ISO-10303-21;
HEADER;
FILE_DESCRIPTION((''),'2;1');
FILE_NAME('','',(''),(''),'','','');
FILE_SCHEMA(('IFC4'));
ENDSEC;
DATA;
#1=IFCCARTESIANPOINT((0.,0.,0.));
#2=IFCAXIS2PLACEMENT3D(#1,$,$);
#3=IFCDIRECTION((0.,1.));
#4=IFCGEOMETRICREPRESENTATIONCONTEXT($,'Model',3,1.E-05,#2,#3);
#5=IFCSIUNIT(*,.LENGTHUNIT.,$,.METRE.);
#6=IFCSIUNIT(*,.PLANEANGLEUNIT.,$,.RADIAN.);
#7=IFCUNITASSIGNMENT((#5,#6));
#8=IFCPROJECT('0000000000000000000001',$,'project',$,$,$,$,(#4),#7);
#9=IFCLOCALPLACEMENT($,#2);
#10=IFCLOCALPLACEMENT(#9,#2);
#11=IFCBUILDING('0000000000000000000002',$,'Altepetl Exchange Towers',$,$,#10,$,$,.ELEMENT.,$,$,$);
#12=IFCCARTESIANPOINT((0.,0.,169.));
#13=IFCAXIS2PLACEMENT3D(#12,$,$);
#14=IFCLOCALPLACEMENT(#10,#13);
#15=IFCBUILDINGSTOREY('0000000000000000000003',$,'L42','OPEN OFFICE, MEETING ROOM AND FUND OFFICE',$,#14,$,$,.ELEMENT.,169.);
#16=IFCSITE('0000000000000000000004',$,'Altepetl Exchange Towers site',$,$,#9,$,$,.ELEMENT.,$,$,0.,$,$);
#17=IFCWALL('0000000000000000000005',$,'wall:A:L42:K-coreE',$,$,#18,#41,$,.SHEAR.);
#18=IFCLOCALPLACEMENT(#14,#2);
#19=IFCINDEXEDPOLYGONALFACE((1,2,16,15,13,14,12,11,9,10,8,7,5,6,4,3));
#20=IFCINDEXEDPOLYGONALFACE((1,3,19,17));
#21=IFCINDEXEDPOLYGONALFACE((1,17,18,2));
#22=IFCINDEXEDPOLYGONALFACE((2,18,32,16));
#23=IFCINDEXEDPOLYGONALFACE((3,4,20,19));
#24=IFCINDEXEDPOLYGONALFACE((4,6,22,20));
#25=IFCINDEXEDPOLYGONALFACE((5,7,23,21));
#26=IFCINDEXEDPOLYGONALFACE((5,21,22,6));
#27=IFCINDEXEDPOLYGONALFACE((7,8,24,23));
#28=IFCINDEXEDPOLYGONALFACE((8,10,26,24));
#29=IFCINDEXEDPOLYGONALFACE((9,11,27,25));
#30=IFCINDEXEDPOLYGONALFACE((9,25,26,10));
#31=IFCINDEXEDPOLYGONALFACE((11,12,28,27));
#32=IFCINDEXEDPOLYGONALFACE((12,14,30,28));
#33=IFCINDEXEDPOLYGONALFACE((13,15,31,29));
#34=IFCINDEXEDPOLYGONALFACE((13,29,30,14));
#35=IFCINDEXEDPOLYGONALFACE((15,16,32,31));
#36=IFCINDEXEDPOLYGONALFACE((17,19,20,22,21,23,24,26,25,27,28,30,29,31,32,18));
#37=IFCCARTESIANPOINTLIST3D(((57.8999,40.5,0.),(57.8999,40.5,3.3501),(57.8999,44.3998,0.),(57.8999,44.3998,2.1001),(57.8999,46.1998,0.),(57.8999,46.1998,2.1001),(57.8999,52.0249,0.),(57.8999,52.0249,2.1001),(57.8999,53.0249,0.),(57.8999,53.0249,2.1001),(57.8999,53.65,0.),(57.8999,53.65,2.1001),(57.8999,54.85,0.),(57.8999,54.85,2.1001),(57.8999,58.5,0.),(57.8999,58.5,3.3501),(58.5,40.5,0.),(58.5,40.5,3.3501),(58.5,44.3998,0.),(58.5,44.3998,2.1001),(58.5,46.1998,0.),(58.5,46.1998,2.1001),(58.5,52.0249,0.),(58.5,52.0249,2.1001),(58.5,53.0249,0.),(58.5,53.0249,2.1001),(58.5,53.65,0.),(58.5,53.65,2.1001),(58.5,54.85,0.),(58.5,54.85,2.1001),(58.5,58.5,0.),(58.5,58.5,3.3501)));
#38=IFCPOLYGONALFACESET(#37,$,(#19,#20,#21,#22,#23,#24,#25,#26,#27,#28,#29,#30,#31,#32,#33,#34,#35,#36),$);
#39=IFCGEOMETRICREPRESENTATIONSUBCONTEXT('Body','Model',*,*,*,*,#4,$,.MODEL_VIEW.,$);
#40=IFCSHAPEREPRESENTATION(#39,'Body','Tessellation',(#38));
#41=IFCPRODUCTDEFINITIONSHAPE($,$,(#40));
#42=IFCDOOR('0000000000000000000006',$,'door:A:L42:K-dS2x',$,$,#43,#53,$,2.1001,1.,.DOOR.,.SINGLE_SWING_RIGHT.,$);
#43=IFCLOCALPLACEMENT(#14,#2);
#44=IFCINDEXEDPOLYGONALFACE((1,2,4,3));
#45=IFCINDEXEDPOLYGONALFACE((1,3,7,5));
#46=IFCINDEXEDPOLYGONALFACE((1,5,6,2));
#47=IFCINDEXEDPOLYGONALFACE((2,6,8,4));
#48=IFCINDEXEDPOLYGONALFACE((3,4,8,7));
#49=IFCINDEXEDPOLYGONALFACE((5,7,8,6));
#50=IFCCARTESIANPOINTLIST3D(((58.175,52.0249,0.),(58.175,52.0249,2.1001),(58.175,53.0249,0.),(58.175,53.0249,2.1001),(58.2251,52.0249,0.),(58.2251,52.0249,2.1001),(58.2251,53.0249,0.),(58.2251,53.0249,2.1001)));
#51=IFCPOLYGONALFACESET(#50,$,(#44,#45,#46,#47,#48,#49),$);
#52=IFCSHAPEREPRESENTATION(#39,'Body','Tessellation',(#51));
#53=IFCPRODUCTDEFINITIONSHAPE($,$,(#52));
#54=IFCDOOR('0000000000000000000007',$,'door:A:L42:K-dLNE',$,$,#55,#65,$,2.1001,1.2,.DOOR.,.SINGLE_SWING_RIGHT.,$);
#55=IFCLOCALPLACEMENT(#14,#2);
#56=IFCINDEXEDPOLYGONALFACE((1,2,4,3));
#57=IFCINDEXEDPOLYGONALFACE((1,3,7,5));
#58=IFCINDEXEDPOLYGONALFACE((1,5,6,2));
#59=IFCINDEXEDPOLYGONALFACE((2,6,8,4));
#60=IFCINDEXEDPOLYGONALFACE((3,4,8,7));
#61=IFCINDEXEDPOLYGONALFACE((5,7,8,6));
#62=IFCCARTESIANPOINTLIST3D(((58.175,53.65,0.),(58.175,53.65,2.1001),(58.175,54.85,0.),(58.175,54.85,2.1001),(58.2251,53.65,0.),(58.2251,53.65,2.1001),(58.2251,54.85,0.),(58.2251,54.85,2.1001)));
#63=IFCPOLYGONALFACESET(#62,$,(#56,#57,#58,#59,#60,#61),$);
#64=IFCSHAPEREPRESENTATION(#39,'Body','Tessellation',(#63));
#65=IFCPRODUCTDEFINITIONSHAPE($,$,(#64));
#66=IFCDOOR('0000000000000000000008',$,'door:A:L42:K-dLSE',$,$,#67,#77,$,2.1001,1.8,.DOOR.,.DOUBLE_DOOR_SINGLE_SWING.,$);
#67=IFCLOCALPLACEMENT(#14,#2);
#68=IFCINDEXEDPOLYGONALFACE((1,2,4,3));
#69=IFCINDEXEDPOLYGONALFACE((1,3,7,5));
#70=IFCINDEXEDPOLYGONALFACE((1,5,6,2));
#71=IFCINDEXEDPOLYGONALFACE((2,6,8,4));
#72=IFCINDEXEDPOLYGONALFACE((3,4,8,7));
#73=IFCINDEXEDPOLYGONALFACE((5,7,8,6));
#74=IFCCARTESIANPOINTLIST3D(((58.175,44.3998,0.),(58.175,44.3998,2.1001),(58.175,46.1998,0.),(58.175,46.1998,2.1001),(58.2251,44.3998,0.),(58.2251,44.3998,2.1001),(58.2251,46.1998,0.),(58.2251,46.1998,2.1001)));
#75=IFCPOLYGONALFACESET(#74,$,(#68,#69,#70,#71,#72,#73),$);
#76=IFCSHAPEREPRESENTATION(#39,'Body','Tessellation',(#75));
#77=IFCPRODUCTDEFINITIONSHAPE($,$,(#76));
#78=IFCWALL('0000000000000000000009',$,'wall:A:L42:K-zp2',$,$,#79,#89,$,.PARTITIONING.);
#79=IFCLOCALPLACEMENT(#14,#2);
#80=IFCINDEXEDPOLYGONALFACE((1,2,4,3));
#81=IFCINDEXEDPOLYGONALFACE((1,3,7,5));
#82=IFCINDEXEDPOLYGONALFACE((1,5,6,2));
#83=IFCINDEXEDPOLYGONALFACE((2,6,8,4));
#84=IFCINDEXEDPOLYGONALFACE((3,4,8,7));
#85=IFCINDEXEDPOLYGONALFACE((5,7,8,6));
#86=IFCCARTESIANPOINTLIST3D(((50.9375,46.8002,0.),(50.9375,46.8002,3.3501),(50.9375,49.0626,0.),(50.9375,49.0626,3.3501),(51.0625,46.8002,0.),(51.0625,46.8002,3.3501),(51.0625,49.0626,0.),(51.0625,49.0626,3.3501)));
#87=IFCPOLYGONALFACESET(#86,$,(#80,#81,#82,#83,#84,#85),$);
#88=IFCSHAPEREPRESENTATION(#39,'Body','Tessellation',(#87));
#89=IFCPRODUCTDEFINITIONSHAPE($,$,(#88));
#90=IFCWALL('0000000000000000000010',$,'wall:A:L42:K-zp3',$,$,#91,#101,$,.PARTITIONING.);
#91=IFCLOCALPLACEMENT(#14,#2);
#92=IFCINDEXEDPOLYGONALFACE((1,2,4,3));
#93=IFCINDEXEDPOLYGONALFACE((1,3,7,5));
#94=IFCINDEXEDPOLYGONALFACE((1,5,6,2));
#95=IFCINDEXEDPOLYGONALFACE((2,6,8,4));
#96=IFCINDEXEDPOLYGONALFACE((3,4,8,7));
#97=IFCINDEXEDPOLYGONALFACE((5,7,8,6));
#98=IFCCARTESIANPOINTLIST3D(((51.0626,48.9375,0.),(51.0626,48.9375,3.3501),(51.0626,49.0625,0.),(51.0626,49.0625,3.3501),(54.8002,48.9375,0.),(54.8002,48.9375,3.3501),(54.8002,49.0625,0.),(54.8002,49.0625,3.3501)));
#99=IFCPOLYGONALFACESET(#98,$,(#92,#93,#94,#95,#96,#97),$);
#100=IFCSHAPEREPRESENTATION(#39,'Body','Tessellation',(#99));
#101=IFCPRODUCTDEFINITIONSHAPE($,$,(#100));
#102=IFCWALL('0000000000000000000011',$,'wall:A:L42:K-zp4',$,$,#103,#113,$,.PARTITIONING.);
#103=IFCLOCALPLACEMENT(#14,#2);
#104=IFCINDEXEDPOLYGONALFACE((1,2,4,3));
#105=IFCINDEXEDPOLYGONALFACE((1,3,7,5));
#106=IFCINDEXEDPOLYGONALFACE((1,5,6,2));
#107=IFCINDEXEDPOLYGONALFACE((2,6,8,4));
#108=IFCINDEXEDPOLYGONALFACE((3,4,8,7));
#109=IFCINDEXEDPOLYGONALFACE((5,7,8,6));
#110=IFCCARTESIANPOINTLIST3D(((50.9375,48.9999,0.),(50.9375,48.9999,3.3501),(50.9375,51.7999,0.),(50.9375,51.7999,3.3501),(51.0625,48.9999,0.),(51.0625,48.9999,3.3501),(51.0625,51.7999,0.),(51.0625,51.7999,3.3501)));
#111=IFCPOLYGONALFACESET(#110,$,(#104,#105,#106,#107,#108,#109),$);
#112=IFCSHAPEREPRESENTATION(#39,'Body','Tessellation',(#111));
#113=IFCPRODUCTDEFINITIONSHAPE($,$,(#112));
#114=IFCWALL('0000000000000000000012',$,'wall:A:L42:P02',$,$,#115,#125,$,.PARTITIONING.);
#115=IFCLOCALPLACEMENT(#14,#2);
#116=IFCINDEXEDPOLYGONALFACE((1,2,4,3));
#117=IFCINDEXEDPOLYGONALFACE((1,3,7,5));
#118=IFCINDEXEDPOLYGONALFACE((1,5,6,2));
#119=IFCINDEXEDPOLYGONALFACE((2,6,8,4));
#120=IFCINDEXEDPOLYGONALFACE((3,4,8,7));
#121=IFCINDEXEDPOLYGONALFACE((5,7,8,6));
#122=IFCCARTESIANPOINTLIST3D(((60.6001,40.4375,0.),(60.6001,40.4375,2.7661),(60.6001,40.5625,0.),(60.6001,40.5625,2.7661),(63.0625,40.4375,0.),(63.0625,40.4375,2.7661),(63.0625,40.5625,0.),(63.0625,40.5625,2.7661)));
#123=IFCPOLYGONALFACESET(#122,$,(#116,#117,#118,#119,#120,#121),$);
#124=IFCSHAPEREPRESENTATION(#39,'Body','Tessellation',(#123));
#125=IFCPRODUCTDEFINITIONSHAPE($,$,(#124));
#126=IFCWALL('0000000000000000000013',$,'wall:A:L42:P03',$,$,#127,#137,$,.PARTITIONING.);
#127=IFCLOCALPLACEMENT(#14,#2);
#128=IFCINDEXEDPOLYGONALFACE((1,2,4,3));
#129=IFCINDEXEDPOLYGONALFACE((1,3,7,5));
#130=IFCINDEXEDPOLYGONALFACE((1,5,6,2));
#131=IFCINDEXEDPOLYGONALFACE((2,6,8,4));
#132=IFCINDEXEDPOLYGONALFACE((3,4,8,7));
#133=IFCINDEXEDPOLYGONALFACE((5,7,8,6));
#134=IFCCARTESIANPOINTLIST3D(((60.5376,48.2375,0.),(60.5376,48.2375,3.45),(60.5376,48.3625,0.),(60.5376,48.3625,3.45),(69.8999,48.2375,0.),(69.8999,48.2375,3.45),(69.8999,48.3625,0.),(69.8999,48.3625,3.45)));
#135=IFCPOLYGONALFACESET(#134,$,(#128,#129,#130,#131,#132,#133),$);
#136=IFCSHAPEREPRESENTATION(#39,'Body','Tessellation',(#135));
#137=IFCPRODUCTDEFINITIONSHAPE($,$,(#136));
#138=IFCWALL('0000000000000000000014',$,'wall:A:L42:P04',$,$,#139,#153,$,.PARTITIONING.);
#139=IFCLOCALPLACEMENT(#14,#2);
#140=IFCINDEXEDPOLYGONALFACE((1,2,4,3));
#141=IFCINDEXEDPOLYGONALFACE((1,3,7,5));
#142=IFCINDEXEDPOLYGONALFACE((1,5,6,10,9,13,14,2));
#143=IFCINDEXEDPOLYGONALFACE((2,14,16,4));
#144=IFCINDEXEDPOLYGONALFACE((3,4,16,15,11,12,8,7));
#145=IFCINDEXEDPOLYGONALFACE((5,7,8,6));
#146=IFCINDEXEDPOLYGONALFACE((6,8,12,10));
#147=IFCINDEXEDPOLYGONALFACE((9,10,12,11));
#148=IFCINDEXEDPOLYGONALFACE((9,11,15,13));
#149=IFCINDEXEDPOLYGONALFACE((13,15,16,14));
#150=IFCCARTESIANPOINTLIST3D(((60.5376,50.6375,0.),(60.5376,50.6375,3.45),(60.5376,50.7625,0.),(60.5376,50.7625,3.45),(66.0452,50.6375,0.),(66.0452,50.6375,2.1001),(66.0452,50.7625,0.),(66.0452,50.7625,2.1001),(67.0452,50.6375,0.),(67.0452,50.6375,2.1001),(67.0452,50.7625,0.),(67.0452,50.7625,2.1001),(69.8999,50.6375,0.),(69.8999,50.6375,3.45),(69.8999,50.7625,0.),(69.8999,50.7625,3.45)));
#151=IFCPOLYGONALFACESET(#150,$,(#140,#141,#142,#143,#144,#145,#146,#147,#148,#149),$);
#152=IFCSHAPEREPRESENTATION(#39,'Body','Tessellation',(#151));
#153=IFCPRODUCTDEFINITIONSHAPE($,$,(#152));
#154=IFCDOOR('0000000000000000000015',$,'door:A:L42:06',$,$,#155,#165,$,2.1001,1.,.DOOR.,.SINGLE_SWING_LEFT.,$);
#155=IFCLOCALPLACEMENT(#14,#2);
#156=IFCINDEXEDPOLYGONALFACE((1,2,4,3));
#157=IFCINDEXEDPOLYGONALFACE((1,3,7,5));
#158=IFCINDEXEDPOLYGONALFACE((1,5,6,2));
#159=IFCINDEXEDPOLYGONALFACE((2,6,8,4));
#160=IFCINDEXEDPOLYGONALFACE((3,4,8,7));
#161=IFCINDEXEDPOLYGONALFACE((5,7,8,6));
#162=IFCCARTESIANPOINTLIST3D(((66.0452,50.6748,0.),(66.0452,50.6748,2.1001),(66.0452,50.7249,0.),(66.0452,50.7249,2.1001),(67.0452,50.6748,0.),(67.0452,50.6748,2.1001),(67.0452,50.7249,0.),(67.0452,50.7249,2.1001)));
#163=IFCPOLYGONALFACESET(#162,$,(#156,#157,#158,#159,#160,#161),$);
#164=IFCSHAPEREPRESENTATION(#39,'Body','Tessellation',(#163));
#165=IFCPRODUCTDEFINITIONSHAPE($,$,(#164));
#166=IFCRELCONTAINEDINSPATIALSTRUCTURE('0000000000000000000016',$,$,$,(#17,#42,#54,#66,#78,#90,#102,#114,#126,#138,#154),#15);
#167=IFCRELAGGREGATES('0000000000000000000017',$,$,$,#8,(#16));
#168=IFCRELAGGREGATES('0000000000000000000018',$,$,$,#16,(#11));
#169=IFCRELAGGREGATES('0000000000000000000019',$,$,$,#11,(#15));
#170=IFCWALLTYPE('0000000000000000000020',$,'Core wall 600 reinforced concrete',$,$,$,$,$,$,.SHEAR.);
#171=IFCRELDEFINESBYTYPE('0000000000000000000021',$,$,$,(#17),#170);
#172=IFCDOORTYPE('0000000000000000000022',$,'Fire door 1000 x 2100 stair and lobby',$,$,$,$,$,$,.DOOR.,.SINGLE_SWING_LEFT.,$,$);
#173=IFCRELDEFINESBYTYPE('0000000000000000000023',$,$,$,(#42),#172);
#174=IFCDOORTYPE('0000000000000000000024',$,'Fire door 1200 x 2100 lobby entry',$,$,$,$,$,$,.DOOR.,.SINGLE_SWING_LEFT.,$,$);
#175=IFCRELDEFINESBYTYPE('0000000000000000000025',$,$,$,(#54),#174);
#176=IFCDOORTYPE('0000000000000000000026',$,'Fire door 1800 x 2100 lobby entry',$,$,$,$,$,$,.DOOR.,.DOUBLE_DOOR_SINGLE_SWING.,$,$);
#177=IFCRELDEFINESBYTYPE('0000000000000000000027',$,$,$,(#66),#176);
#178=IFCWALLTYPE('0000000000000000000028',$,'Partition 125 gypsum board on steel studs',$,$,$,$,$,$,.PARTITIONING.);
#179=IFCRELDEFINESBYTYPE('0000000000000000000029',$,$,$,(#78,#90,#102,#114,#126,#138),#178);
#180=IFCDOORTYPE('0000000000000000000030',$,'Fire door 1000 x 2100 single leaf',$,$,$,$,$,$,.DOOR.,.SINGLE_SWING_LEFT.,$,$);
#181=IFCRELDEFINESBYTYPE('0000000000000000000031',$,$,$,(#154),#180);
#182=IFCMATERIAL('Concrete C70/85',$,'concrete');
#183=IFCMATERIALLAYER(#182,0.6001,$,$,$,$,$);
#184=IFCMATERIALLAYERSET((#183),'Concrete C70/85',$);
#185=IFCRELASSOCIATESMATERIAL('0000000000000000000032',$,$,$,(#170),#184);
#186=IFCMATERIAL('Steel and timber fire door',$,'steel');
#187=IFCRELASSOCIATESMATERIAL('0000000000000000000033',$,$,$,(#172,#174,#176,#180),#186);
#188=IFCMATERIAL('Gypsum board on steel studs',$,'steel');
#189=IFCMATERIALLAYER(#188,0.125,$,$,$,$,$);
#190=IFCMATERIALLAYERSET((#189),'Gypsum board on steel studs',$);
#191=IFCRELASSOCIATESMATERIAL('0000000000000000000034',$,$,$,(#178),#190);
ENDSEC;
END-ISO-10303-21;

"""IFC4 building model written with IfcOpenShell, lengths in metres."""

from ifc_helpers import new_model, si_unit, direction, frame, frame_2d, origin, place, context, subcontext, project, spatial, rectangle, extrude, material, layer, layer_set, type_object, element, fill, save


model = new_model("IFC4")

# Units and contexts
model_context = context("Model", 3, precision=1e-05, world=origin(), true_north=direction((0.0, 1.0)))
body_context = subcontext(model_context, "Body", "Model", "MODEL_VIEW")
ifc_project = project(units=[si_unit("LENGTHUNIT", "METRE"), si_unit("PLANEANGLEUNIT", "RADIAN")], contexts=[model_context])

# Site, building, storey
site_placement = place(None, origin())
site = spatial("IfcSite", under=ifc_project, at=site_placement, Name="Altepetl Exchange Towers site", CompositionType="ELEMENT", RefElevation=0.0)
building_placement = place(site_placement, origin())
building = spatial("IfcBuilding", under=site, at=building_placement, Name="Altepetl Exchange Towers", CompositionType="ELEMENT")
storey_placement = place(building_placement, frame((0.0, 0.0, 169.0)))
storey = spatial("IfcBuildingStorey", under=building, at=storey_placement, Name="L42", Description="OPEN OFFICE, MEETING ROOM AND FUND OFFICE", CompositionType="ELEMENT", Elevation=169.0)

# Wall, openings, doors
ifc_material_1 = material(Name="Concrete C70/85", Category="concrete")
ifc_layer_1 = layer(ifc_material_1, 0.6001)
ifc_layer_set_1 = layer_set([ifc_layer_1], Name="Concrete C70/85")
wall_type_1 = type_object("IfcWallType", Name="Core wall 600 reinforced concrete", PredefinedType="SHEAR", material=ifc_layer_set_1)
wall_1_placement = place(storey_placement, frame((58.2, 40.5, 0.0), z_axis=(0.0, 0.0, 1.0), x_axis=(0.0, 1.0, 0.0)))
wall_1 = element("IfcWall", 1, at=wall_1_placement, inside=storey, type_object=wall_type_1, Name="wall:A:L42:K-coreE", PredefinedType="SHEAR", context=body_context, shape_type="SweptSolid", body=[
    extrude(rectangle(XDim=18.0, YDim=0.6001, at=frame_2d((9.0, 0.0))), origin(), (0.0, 0.0, 1.0), 3.3501),
])
opening_1_placement = place(wall_1_placement, frame((13.1499, 0.0, 0.0)))
opening_1 = element("IfcOpeningElement", 2, at=opening_1_placement, cuts=wall_1, PredefinedType="OPENING", context=body_context, shape_type="SweptSolid", body=[
    extrude(rectangle(XDim=1.2, YDim=2.1001, at=frame_2d((0.6001, 1.05))), frame((0.0, 0.3101, 0.0), z_axis=(0.0, -1.0, 0.0), x_axis=(1.0, 0.0, 0.0)), (0.0, 0.0, 1.0), 0.6201),
])
opening_2_placement = place(wall_1_placement, frame((3.8999, 0.0, 0.0)))
opening_2 = element("IfcOpeningElement", 3, at=opening_2_placement, cuts=wall_1, PredefinedType="OPENING", context=body_context, shape_type="SweptSolid", body=[
    extrude(rectangle(XDim=1.8, YDim=2.1001, at=frame_2d((0.8999, 1.05))), frame((0.0, 0.3101, 0.0), z_axis=(0.0, -1.0, 0.0), x_axis=(1.0, 0.0, 0.0)), (0.0, 0.0, 1.0), 0.6201),
])
opening_3_placement = place(wall_1_placement, frame((11.5249, 0.0, 0.0)))
opening_3 = element("IfcOpeningElement", 4, at=opening_3_placement, cuts=wall_1, PredefinedType="OPENING", context=body_context, shape_type="SweptSolid", body=[
    extrude(rectangle(XDim=1.0, YDim=2.1001, at=frame_2d((0.5, 1.05))), frame((0.0, 0.3101, 0.0), z_axis=(0.0, -1.0, 0.0), x_axis=(1.0, 0.0, 0.0)), (0.0, 0.0, 1.0), 0.6201),
])
ifc_material_2 = material(Name="Steel and timber fire door", Category="steel")
door_type_1 = type_object("IfcDoorType", Name="Fire door 1000 x 2100 stair and lobby", OperationType="SINGLE_SWING_LEFT", PredefinedType="DOOR", material=ifc_material_2)
door_1_placement = place(opening_3_placement, origin())
door_1 = element("IfcDoor", 5, at=door_1_placement, inside=storey, type_object=door_type_1, Name="door:A:L42:K-dS2x", OperationType="SINGLE_SWING_RIGHT", OverallHeight=2.1001, OverallWidth=1.0, PredefinedType="DOOR", context=body_context, shape_type="SweptSolid", body=[
    extrude(rectangle(XDim=1.0, YDim=2.1001, at=frame_2d((0.5, 1.05))), frame((0.0, 0.0249, 0.0), z_axis=(0.0, -1.0, 0.0), x_axis=(1.0, 0.0, 0.0)), (0.0, 0.0, 1.0), 0.05),
])
fill(opening_3, door_1)
door_type_2 = type_object("IfcDoorType", Name="Fire door 1200 x 2100 lobby entry", OperationType="SINGLE_SWING_LEFT", PredefinedType="DOOR", material=ifc_material_2)
door_2_placement = place(opening_1_placement, origin())
door_2 = element("IfcDoor", 6, at=door_2_placement, inside=storey, type_object=door_type_2, Name="door:A:L42:K-dLNE", OperationType="SINGLE_SWING_RIGHT", OverallHeight=2.1001, OverallWidth=1.2, PredefinedType="DOOR", context=body_context, shape_type="SweptSolid", body=[
    extrude(rectangle(XDim=1.2, YDim=2.1001, at=frame_2d((0.6001, 1.05))), frame((0.0, 0.0249, 0.0), z_axis=(0.0, -1.0, 0.0), x_axis=(1.0, 0.0, 0.0)), (0.0, 0.0, 1.0), 0.05),
])
fill(opening_1, door_2)
door_type_3 = type_object("IfcDoorType", Name="Fire door 1800 x 2100 lobby entry", OperationType="DOUBLE_DOOR_SINGLE_SWING", PredefinedType="DOOR", material=ifc_material_2)
door_3_placement = place(opening_2_placement, origin())
door_3 = element("IfcDoor", 7, at=door_3_placement, inside=storey, type_object=door_type_3, Name="door:A:L42:K-dLSE", OperationType="DOUBLE_DOOR_SINGLE_SWING", OverallHeight=2.1001, OverallWidth=1.8, PredefinedType="DOOR", context=body_context, shape_type="SweptSolid", body=[
    extrude(rectangle(XDim=1.8, YDim=2.1001, at=frame_2d((0.8999, 1.05))), frame((0.0, 0.0249, 0.0), z_axis=(0.0, -1.0, 0.0), x_axis=(1.0, 0.0, 0.0)), (0.0, 0.0, 1.0), 0.05),
])
fill(opening_2, door_3)

# Walls
ifc_material_3 = material(Name="Gypsum board on steel studs", Category="steel")
ifc_layer_2 = layer(ifc_material_3, 0.125)
ifc_layer_set_2 = layer_set([ifc_layer_2], Name="Gypsum board on steel studs")
wall_type_2 = type_object("IfcWallType", Name="Partition 125 gypsum board on steel studs", PredefinedType="PARTITIONING", material=ifc_layer_set_2)
wall_2_placement = place(storey_placement, frame((51.0, 46.8, 0.0), z_axis=(0.0, 0.0, 1.0), x_axis=(0.0, 1.0, 0.0)))
element("IfcWall", 8, at=wall_2_placement, inside=storey, type_object=wall_type_2, Name="wall:A:L42:K-zp2", PredefinedType="PARTITIONING", context=body_context, shape_type="SweptSolid", body=[
    extrude(rectangle(XDim=2.2625, YDim=0.125, at=frame_2d((1.1313, 0.0))), origin(), (0.0, 0.0, 1.0), 3.3501),
])
wall_3_placement = place(storey_placement, frame((54.8, 49.0, 0.0), z_axis=(0.0, 0.0, 1.0), x_axis=(-1.0, 0.0, 0.0)))
element("IfcWall", 9, at=wall_3_placement, inside=storey, type_object=wall_type_2, Name="wall:A:L42:K-zp3", PredefinedType="PARTITIONING", context=body_context, shape_type="SweptSolid", body=[
    extrude(rectangle(XDim=3.7375, YDim=0.125, at=frame_2d((1.8687, 0.0))), origin(), (0.0, 0.0, 1.0), 3.3501),
])
wall_4_placement = place(storey_placement, frame((51.0, 49.0, 0.0), z_axis=(0.0, 0.0, 1.0), x_axis=(0.0, 1.0, 0.0)))
element("IfcWall", 10, at=wall_4_placement, inside=storey, type_object=wall_type_2, Name="wall:A:L42:K-zp4", PredefinedType="PARTITIONING", context=body_context, shape_type="SweptSolid", body=[
    extrude(rectangle(XDim=2.8, YDim=0.125, at=frame_2d((1.3999, 0.0))), origin(), (0.0, 0.0, 1.0), 3.3501),
])
wall_5_placement = place(storey_placement, frame((60.6001, 40.5, 0.0)))
element("IfcWall", 11, at=wall_5_placement, inside=storey, type_object=wall_type_2, Name="wall:A:L42:P02", PredefinedType="PARTITIONING", context=body_context, shape_type="SweptSolid", body=[
    extrude(rectangle(XDim=2.4624, YDim=0.125, at=frame_2d((1.2312, 0.0))), origin(), (0.0, 0.0, 1.0), 2.7661),
])
wall_6_placement = place(storey_placement, frame((60.5376, 48.3, 0.0)))
element("IfcWall", 12, at=wall_6_placement, inside=storey, type_object=wall_type_2, Name="wall:A:L42:P03", PredefinedType="PARTITIONING", context=body_context, shape_type="SweptSolid", body=[
    extrude(rectangle(XDim=9.3623, YDim=0.125, at=frame_2d((4.6812, 0.0))), origin(), (0.0, 0.0, 1.0), 3.45),
])

# Wall, opening, door
wall_7_placement = place(storey_placement, frame((60.5376, 50.7, 0.0)))
wall_7 = element("IfcWall", 13, at=wall_7_placement, inside=storey, type_object=wall_type_2, Name="wall:A:L42:P04", PredefinedType="PARTITIONING", context=body_context, shape_type="SweptSolid", body=[
    extrude(rectangle(XDim=9.3623, YDim=0.125, at=frame_2d((4.6812, 0.0))), origin(), (0.0, 0.0, 1.0), 3.45),
])
opening_4_placement = place(wall_7_placement, frame((5.5076, 0.0, 0.0)))
opening_4 = element("IfcOpeningElement", 14, at=opening_4_placement, cuts=wall_7, PredefinedType="OPENING", context=body_context, shape_type="SweptSolid", body=[
    extrude(rectangle(XDim=1.0, YDim=2.1001, at=frame_2d((0.5, 1.05))), frame((0.0, 0.0725, 0.0), z_axis=(0.0, -1.0, 0.0), x_axis=(1.0, 0.0, 0.0)), (0.0, 0.0, 1.0), 0.145),
])
door_type_4 = type_object("IfcDoorType", Name="Fire door 1000 x 2100 single leaf", OperationType="SINGLE_SWING_LEFT", PredefinedType="DOOR", material=ifc_material_2)
door_4_placement = place(opening_4_placement, origin())
door_4 = element("IfcDoor", 15, at=door_4_placement, inside=storey, type_object=door_type_4, Name="door:A:L42:06", OperationType="SINGLE_SWING_LEFT", OverallHeight=2.1001, OverallWidth=1.0, PredefinedType="DOOR", context=body_context, shape_type="SweptSolid", body=[
    extrude(rectangle(XDim=1.0, YDim=2.1001, at=frame_2d((0.5, 1.05))), frame((0.0, 0.0249, 0.0), z_axis=(0.0, -1.0, 0.0), x_axis=(1.0, 0.0, 0.0)), (0.0, 0.0, 1.0), 0.05),
])
fill(opening_4, door_4)

save(model, "model.ifc")
